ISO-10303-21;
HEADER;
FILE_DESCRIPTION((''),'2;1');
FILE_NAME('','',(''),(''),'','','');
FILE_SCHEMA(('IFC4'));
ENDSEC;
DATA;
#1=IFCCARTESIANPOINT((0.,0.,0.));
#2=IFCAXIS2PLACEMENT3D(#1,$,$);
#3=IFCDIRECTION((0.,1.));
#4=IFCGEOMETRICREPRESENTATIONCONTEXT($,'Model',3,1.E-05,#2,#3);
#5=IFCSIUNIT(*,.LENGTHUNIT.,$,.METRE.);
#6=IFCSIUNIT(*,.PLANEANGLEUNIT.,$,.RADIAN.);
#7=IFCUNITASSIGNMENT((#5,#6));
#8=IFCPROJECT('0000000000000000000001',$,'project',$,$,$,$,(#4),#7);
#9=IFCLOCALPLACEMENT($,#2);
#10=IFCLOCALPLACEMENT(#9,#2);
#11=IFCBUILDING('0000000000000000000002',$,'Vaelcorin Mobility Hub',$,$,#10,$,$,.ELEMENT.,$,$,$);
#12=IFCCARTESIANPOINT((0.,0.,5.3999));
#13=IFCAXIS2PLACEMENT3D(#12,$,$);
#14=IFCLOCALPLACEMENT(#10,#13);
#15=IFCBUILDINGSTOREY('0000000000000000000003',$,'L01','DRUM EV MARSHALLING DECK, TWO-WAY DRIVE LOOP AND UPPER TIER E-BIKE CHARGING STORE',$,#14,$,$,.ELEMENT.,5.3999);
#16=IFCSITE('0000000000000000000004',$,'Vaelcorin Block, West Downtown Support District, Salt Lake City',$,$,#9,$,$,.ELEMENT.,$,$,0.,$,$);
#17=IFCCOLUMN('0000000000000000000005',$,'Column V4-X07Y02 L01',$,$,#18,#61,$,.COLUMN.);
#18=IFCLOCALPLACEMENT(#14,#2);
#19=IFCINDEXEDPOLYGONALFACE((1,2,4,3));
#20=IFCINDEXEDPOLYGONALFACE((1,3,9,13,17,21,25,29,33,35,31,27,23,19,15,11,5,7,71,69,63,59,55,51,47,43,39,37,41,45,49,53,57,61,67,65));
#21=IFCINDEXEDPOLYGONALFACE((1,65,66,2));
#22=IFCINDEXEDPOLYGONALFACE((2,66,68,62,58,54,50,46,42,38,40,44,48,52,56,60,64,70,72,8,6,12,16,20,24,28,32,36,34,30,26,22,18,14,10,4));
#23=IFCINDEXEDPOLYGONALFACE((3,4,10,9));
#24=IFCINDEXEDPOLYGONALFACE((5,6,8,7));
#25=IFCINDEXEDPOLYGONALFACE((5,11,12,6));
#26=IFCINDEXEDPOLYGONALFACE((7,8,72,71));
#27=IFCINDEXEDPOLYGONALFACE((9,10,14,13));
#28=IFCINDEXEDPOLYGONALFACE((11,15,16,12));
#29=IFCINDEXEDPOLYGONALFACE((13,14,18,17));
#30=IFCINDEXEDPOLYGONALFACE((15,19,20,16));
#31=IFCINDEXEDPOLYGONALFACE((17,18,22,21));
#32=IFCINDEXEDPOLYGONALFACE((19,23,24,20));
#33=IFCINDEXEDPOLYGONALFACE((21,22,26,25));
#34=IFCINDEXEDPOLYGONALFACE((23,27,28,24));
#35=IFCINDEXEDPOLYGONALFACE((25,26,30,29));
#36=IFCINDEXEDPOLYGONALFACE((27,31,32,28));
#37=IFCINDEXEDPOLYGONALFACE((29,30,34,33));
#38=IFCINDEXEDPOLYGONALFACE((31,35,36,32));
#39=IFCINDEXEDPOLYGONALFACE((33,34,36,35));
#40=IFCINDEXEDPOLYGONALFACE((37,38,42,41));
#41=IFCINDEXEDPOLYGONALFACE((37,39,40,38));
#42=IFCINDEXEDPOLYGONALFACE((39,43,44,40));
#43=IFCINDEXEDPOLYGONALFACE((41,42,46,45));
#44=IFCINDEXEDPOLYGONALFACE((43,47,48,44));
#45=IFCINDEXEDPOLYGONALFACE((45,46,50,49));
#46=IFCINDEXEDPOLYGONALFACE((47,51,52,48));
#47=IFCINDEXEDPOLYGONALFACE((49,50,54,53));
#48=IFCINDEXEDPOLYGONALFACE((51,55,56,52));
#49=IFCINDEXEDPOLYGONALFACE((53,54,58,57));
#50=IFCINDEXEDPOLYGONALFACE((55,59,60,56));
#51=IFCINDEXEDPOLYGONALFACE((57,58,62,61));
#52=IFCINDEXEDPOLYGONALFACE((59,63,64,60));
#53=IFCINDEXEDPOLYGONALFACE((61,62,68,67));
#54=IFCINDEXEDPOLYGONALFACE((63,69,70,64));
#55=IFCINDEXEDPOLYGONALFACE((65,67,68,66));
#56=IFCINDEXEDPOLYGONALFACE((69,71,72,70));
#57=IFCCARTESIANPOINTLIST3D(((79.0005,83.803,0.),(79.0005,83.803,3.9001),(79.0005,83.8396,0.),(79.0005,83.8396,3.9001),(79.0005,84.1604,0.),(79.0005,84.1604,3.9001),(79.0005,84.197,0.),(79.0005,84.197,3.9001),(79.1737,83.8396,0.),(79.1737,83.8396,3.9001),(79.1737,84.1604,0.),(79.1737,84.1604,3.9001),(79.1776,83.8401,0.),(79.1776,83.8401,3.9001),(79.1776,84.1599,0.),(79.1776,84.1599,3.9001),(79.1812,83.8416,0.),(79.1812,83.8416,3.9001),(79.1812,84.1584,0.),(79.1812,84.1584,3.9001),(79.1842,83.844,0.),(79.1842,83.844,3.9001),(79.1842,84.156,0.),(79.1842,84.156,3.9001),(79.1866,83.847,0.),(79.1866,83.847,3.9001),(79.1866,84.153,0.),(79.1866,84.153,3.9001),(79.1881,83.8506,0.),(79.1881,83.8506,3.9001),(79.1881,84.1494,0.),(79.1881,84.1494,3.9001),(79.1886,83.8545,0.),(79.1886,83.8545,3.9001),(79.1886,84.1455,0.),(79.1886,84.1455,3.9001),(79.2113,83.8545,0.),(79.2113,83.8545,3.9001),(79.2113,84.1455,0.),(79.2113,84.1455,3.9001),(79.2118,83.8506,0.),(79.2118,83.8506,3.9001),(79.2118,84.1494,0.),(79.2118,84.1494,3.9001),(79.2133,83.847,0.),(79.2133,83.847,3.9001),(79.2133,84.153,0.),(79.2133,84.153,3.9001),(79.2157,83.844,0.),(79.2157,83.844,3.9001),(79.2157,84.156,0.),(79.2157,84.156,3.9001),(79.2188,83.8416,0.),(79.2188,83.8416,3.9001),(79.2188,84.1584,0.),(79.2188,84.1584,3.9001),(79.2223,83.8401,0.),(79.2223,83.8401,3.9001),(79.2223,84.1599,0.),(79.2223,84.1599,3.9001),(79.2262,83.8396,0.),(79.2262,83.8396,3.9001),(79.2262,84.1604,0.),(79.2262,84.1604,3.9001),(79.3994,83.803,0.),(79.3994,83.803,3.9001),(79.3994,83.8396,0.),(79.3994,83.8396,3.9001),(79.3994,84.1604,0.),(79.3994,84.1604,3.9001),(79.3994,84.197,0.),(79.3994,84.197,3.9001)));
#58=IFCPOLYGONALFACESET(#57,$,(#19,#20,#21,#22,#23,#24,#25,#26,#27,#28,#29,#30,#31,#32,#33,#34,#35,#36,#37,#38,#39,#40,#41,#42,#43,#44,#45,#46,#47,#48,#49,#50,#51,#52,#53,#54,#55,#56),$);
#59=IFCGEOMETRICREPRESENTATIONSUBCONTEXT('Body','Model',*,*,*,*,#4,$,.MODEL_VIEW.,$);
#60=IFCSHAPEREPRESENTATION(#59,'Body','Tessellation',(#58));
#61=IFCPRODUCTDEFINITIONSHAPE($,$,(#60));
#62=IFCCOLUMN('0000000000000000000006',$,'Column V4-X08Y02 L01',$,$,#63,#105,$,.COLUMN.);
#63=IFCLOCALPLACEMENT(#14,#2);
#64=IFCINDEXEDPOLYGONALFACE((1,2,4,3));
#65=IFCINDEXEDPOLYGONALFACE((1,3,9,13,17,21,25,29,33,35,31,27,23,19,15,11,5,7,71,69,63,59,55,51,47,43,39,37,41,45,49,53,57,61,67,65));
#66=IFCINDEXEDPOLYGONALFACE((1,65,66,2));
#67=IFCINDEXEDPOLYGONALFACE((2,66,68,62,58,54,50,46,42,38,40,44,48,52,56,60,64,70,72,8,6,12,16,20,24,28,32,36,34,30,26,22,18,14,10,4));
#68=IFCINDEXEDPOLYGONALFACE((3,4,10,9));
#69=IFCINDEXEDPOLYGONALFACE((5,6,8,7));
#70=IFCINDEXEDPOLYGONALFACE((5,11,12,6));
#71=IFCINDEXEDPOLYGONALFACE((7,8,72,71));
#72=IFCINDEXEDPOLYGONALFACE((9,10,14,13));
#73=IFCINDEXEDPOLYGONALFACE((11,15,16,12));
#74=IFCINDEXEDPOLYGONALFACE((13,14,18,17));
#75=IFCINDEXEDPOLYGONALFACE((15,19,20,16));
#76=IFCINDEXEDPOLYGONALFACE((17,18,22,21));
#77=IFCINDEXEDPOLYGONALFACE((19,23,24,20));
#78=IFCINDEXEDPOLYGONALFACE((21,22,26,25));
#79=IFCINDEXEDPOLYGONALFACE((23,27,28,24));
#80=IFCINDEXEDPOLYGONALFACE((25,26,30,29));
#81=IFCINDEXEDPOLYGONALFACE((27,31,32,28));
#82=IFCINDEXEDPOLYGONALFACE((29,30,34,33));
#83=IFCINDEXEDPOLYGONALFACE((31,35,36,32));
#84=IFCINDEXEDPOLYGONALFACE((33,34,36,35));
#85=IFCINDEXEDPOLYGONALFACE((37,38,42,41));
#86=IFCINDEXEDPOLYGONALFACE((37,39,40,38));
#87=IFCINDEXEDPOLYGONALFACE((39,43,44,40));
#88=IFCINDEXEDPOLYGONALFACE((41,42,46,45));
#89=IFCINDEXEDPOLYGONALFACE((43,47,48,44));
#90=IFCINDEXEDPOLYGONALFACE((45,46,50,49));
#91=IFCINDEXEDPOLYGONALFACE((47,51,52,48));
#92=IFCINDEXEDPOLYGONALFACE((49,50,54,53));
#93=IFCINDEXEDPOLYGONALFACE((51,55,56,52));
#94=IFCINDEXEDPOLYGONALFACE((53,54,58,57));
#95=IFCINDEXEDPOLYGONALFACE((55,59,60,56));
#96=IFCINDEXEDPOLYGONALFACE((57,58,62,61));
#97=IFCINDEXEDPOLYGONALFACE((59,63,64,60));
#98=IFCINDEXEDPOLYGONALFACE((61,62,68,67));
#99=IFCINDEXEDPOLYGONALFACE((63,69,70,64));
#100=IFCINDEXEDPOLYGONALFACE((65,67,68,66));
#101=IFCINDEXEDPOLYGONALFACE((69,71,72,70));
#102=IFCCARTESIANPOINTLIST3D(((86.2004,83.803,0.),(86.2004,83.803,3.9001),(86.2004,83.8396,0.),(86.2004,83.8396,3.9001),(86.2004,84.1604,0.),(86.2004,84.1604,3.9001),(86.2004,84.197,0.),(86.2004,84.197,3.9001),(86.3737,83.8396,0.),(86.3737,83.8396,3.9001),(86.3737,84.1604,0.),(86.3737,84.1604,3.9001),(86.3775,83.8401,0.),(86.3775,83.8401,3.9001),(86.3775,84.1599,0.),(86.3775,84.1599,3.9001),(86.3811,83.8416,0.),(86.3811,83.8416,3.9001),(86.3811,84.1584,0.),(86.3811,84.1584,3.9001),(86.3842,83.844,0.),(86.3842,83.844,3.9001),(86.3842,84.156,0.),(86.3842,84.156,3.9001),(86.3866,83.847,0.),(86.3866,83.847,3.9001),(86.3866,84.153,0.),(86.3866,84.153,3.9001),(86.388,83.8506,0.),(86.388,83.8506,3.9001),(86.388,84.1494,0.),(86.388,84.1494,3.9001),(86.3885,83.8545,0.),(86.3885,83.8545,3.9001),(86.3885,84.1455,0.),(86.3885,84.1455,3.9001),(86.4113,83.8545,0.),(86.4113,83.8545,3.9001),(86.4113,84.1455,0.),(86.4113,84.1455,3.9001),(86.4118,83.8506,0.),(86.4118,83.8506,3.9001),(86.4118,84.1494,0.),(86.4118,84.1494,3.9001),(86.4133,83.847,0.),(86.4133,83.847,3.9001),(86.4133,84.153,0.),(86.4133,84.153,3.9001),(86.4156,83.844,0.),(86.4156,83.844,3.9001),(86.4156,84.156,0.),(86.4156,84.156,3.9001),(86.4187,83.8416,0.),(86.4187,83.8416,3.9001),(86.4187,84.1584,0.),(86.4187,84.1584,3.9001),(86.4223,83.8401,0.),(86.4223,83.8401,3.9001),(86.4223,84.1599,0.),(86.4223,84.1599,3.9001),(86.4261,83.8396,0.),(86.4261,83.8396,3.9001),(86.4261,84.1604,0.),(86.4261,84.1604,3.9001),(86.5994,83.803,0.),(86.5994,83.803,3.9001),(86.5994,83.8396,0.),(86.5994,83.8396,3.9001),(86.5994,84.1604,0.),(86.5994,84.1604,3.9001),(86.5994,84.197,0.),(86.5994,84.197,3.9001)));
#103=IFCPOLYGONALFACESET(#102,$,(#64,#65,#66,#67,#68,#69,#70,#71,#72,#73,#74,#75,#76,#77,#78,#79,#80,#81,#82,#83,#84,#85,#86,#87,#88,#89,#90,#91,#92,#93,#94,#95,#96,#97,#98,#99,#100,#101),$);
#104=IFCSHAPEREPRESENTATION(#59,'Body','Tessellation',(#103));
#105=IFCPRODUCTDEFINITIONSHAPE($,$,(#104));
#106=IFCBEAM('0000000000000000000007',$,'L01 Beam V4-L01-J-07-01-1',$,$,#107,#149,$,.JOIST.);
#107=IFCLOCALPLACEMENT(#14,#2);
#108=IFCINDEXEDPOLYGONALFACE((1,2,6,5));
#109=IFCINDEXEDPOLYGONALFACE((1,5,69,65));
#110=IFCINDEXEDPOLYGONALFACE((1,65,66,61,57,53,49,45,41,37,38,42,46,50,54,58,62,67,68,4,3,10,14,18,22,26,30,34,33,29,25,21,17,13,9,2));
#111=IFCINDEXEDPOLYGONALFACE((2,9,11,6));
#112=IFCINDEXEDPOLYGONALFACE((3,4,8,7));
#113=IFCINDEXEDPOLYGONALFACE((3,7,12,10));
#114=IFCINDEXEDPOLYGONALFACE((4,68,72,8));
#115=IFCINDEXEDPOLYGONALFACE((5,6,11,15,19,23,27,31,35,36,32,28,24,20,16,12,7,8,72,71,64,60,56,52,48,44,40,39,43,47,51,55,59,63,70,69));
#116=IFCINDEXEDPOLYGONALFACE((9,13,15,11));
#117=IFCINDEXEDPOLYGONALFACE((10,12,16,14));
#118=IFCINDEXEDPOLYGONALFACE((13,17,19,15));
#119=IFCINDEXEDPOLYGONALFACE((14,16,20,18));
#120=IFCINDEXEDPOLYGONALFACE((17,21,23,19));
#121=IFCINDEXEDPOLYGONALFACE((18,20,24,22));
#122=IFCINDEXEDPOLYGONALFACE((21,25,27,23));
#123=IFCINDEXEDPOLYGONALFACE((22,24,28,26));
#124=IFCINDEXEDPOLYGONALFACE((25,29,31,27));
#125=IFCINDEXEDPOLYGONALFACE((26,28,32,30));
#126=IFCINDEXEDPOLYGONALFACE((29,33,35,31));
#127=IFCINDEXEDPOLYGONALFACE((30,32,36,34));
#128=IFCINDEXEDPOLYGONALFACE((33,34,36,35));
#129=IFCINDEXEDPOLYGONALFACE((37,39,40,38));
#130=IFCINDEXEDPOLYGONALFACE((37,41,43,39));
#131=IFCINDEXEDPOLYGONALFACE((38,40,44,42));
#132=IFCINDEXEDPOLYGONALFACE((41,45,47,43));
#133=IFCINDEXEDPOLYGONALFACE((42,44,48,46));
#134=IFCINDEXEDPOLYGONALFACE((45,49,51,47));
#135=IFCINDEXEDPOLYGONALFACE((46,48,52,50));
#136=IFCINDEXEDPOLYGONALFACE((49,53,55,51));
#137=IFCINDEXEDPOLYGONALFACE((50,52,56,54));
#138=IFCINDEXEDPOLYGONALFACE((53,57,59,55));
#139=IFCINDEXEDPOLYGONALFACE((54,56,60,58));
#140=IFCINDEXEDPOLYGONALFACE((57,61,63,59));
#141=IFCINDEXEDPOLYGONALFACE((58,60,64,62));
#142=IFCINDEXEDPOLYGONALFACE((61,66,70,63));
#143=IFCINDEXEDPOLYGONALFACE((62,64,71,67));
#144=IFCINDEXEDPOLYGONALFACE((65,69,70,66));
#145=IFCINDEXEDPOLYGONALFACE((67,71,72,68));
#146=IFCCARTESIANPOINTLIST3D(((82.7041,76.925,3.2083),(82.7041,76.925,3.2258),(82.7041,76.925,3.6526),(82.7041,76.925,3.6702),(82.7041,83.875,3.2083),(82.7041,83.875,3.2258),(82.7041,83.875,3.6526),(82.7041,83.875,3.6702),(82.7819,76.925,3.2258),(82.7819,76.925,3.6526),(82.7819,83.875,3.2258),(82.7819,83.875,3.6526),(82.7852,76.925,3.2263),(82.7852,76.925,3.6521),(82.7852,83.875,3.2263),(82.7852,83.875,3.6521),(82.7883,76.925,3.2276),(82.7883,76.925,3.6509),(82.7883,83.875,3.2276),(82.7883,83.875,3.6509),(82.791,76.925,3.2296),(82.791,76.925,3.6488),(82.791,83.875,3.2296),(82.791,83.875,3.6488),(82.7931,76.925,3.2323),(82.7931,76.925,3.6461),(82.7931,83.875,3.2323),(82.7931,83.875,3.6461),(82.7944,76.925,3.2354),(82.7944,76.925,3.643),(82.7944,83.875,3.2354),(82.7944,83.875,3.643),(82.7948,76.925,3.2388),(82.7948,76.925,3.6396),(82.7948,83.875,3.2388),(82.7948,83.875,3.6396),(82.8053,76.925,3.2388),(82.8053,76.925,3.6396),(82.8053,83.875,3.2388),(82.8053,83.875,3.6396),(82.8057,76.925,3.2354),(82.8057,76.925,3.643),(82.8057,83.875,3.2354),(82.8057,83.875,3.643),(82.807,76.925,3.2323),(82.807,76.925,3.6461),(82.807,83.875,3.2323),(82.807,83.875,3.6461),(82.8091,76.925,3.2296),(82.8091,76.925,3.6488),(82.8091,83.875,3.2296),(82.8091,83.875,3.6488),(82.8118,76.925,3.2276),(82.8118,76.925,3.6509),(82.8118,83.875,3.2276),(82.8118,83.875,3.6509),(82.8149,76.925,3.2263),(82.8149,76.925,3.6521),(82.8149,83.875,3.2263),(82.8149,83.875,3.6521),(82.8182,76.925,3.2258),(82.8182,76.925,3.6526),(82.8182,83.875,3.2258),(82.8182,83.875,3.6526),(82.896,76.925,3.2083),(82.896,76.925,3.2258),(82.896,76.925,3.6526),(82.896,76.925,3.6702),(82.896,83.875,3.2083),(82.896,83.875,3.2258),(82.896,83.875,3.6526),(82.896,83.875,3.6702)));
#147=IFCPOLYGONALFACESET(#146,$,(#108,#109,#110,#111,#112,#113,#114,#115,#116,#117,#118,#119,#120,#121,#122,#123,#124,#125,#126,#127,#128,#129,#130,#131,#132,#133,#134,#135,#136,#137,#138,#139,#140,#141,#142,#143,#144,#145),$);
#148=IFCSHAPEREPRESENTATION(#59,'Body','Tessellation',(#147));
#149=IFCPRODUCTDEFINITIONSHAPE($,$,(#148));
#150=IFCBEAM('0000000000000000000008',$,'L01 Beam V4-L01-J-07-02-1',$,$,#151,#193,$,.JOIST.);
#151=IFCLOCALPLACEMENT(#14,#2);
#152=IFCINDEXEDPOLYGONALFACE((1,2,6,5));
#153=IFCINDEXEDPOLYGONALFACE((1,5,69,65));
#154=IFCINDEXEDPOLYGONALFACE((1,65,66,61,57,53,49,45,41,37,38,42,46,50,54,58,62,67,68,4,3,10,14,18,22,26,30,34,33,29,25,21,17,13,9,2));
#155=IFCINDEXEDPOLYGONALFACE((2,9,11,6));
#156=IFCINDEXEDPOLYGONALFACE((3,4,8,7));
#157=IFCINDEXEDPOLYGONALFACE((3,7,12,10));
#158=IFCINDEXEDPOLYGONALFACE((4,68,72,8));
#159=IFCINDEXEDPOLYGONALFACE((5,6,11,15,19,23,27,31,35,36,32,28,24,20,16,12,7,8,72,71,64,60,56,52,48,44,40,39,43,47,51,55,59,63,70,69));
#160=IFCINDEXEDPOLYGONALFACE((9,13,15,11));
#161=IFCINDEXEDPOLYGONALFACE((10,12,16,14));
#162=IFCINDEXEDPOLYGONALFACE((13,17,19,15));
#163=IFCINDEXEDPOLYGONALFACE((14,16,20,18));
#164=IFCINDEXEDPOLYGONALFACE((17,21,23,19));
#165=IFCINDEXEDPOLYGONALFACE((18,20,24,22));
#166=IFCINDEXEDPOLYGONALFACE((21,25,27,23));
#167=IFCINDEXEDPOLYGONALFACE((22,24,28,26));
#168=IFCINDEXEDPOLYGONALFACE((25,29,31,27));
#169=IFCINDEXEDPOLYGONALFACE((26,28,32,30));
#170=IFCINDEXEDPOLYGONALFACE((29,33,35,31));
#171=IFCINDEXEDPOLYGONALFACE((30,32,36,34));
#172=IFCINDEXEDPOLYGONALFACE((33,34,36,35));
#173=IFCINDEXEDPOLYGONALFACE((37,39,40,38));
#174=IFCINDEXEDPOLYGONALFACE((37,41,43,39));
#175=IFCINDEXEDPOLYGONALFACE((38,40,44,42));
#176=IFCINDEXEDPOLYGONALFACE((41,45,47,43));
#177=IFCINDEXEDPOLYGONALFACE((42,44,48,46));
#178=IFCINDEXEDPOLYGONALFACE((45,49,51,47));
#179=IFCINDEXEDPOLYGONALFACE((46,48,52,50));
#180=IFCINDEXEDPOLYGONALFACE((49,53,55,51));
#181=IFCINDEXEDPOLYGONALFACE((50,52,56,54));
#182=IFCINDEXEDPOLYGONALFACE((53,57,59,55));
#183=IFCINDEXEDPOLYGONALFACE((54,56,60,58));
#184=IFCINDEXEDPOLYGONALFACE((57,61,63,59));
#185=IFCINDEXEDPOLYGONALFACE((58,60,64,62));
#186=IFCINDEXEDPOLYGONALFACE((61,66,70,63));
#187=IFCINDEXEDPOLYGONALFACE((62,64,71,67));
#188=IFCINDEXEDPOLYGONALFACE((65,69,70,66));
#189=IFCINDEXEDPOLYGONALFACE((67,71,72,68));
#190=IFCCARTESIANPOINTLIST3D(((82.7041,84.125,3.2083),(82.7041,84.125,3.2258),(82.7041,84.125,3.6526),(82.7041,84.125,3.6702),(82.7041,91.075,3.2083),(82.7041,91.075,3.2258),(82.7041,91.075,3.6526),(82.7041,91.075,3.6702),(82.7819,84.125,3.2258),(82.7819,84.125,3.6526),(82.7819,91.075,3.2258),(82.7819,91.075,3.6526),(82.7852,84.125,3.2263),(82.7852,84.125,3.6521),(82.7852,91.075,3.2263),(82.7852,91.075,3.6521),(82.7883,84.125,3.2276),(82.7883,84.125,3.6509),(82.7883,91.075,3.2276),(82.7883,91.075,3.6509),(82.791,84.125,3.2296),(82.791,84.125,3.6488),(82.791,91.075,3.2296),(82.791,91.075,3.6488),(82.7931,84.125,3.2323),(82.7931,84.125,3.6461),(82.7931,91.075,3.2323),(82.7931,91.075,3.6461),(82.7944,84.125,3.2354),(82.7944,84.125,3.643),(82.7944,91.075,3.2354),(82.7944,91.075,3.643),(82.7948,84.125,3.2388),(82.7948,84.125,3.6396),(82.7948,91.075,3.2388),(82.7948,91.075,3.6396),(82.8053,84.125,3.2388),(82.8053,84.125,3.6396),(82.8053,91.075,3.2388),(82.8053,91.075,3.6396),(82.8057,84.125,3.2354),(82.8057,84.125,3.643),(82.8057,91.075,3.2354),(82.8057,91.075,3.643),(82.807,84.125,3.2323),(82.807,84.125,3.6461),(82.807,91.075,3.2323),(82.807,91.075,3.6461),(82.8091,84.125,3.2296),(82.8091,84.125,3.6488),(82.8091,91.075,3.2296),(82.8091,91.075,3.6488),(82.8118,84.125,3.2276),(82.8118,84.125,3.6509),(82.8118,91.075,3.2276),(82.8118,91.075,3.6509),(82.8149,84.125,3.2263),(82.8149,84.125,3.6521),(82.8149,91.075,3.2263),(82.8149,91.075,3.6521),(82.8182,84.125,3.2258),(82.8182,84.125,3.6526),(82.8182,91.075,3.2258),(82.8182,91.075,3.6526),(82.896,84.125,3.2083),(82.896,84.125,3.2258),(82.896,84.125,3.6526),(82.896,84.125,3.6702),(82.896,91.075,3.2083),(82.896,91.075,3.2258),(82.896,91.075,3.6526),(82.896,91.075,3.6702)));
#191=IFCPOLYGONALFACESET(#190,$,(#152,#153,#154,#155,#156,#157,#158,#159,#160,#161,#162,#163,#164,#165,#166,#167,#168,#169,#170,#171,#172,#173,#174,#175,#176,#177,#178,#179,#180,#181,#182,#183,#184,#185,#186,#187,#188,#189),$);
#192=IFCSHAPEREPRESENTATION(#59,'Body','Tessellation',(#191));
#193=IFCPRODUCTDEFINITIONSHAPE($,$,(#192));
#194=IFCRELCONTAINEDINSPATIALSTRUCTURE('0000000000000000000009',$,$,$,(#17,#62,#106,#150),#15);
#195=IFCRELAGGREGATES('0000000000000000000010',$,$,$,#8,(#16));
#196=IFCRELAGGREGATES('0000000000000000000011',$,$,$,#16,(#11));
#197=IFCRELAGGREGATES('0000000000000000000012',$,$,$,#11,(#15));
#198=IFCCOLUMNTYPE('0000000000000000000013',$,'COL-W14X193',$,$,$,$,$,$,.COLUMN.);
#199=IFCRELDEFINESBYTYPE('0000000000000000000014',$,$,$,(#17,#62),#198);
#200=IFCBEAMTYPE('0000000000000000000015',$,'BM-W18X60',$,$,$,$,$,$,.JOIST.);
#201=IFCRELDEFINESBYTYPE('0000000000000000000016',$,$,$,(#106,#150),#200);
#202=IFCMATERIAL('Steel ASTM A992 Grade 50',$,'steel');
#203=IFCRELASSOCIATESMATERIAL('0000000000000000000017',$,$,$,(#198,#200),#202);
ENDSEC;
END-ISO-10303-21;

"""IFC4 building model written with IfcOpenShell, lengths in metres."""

from ifc_helpers import new_model, si_unit, direction, frame, origin, origin_2d, place, context, subcontext, project, spatial, i_section, extrude, material, material_profile, profile_set, type_object, element, save


model = new_model("IFC4")

# Units and contexts
model_context = context("Model", 3, precision=1e-05, world=origin(), true_north=direction((0.0, 1.0)))
body_context = subcontext(model_context, "Body", "Model", "MODEL_VIEW")
ifc_project = project(units=[si_unit("LENGTHUNIT", "METRE"), si_unit("PLANEANGLEUNIT", "RADIAN")], contexts=[model_context])

# Site, building, storey
site_placement = place(None, origin())
site = spatial("IfcSite", under=ifc_project, at=site_placement, Name="Vaelcorin Block, West Downtown Support District, Salt Lake City", CompositionType="ELEMENT", RefElevation=0.0)
building_placement = place(site_placement, origin())
building = spatial("IfcBuilding", under=site, at=building_placement, Name="Vaelcorin Mobility Hub", CompositionType="ELEMENT")
storey_placement = place(building_placement, frame((0.0, 0.0, 5.3999)))
storey = spatial("IfcBuildingStorey", under=building, at=storey_placement, Name="L01", Description="DRUM EV MARSHALLING DECK, TWO-WAY DRIVE LOOP AND UPPER TIER E-BIKE CHARGING STORE", CompositionType="ELEMENT", Elevation=5.3999)

# Columns
ifc_material_1 = material(Name="Steel ASTM A992 Grade 50", Category="steel")
ifc_material_profile_1 = material_profile(ifc_material_1, i_section(OverallWidth=0.3989, OverallDepth=0.394, WebThickness=0.0227, FlangeThickness=0.0366, FilletRadius=0.0149, at=origin_2d()), Name="W14X193")
ifc_profile_set_1 = profile_set([ifc_material_profile_1], Name="Steel ASTM A992 Grade 50")
column_type_1 = type_object("IfcColumnType", Name="COL-W14X193", PredefinedType="COLUMN", material=ifc_profile_set_1)
for number, where, z_axis, x_axis, name in (
    (1, (79.2, 84.0, 0.0), (0.0, 0.0, 1.0), (1.0, 0.0, 0.0), "Column V4-X07Y02 L01"),
    (2, (86.3999, 84.0, 0.0), (0.0, 0.0, 1.0), (1.0, 0.0, 0.0), "Column V4-X08Y02 L01"),
):
    element("IfcColumn", number, at=place(storey_placement, frame(where, z_axis=z_axis, x_axis=x_axis)), inside=storey, type_object=column_type_1, Name=name, PredefinedType="COLUMN", context=body_context, shape_type="SweptSolid", body=[
        extrude(i_section(OverallWidth=0.3989, OverallDepth=0.394, WebThickness=0.0227, FlangeThickness=0.0366, FilletRadius=0.0149, at=origin_2d()), origin(), (0.0, 0.0, 1.0), 3.9001),
    ])

# Beams
ifc_material_profile_2 = material_profile(ifc_material_1, i_section(OverallWidth=0.1919, OverallDepth=0.4619, WebThickness=0.0105, FlangeThickness=0.0176, FilletRadius=0.0129, at=origin_2d()), Name="W18X60")
ifc_profile_set_2 = profile_set([ifc_material_profile_2], Name="Steel ASTM A992 Grade 50")
beam_type_1 = type_object("IfcBeamType", Name="BM-W18X60", PredefinedType="JOIST", material=ifc_profile_set_2)
for number, where, z_axis, x_axis, name in (
    (3, (82.8, 76.925, 3.4392), (0.0, 1.0, 0.0), (-1.0, 0.0, 0.0), "L01 Beam V4-L01-J-07-01-1"),
    (4, (82.8, 84.125, 3.4392), (0.0, 1.0, 0.0), (-1.0, 0.0, 0.0), "L01 Beam V4-L01-J-07-02-1"),
):
    element("IfcBeam", number, at=place(storey_placement, frame(where, z_axis=z_axis, x_axis=x_axis)), inside=storey, type_object=beam_type_1, Name=name, PredefinedType="JOIST", context=body_context, shape_type="SweptSolid", body=[
        extrude(i_section(OverallWidth=0.1919, OverallDepth=0.4619, WebThickness=0.0105, FlangeThickness=0.0176, FilletRadius=0.0129, at=origin_2d()), origin(), (0.0, 0.0, 1.0), 6.95),
    ])

save(model, "model.ifc")
